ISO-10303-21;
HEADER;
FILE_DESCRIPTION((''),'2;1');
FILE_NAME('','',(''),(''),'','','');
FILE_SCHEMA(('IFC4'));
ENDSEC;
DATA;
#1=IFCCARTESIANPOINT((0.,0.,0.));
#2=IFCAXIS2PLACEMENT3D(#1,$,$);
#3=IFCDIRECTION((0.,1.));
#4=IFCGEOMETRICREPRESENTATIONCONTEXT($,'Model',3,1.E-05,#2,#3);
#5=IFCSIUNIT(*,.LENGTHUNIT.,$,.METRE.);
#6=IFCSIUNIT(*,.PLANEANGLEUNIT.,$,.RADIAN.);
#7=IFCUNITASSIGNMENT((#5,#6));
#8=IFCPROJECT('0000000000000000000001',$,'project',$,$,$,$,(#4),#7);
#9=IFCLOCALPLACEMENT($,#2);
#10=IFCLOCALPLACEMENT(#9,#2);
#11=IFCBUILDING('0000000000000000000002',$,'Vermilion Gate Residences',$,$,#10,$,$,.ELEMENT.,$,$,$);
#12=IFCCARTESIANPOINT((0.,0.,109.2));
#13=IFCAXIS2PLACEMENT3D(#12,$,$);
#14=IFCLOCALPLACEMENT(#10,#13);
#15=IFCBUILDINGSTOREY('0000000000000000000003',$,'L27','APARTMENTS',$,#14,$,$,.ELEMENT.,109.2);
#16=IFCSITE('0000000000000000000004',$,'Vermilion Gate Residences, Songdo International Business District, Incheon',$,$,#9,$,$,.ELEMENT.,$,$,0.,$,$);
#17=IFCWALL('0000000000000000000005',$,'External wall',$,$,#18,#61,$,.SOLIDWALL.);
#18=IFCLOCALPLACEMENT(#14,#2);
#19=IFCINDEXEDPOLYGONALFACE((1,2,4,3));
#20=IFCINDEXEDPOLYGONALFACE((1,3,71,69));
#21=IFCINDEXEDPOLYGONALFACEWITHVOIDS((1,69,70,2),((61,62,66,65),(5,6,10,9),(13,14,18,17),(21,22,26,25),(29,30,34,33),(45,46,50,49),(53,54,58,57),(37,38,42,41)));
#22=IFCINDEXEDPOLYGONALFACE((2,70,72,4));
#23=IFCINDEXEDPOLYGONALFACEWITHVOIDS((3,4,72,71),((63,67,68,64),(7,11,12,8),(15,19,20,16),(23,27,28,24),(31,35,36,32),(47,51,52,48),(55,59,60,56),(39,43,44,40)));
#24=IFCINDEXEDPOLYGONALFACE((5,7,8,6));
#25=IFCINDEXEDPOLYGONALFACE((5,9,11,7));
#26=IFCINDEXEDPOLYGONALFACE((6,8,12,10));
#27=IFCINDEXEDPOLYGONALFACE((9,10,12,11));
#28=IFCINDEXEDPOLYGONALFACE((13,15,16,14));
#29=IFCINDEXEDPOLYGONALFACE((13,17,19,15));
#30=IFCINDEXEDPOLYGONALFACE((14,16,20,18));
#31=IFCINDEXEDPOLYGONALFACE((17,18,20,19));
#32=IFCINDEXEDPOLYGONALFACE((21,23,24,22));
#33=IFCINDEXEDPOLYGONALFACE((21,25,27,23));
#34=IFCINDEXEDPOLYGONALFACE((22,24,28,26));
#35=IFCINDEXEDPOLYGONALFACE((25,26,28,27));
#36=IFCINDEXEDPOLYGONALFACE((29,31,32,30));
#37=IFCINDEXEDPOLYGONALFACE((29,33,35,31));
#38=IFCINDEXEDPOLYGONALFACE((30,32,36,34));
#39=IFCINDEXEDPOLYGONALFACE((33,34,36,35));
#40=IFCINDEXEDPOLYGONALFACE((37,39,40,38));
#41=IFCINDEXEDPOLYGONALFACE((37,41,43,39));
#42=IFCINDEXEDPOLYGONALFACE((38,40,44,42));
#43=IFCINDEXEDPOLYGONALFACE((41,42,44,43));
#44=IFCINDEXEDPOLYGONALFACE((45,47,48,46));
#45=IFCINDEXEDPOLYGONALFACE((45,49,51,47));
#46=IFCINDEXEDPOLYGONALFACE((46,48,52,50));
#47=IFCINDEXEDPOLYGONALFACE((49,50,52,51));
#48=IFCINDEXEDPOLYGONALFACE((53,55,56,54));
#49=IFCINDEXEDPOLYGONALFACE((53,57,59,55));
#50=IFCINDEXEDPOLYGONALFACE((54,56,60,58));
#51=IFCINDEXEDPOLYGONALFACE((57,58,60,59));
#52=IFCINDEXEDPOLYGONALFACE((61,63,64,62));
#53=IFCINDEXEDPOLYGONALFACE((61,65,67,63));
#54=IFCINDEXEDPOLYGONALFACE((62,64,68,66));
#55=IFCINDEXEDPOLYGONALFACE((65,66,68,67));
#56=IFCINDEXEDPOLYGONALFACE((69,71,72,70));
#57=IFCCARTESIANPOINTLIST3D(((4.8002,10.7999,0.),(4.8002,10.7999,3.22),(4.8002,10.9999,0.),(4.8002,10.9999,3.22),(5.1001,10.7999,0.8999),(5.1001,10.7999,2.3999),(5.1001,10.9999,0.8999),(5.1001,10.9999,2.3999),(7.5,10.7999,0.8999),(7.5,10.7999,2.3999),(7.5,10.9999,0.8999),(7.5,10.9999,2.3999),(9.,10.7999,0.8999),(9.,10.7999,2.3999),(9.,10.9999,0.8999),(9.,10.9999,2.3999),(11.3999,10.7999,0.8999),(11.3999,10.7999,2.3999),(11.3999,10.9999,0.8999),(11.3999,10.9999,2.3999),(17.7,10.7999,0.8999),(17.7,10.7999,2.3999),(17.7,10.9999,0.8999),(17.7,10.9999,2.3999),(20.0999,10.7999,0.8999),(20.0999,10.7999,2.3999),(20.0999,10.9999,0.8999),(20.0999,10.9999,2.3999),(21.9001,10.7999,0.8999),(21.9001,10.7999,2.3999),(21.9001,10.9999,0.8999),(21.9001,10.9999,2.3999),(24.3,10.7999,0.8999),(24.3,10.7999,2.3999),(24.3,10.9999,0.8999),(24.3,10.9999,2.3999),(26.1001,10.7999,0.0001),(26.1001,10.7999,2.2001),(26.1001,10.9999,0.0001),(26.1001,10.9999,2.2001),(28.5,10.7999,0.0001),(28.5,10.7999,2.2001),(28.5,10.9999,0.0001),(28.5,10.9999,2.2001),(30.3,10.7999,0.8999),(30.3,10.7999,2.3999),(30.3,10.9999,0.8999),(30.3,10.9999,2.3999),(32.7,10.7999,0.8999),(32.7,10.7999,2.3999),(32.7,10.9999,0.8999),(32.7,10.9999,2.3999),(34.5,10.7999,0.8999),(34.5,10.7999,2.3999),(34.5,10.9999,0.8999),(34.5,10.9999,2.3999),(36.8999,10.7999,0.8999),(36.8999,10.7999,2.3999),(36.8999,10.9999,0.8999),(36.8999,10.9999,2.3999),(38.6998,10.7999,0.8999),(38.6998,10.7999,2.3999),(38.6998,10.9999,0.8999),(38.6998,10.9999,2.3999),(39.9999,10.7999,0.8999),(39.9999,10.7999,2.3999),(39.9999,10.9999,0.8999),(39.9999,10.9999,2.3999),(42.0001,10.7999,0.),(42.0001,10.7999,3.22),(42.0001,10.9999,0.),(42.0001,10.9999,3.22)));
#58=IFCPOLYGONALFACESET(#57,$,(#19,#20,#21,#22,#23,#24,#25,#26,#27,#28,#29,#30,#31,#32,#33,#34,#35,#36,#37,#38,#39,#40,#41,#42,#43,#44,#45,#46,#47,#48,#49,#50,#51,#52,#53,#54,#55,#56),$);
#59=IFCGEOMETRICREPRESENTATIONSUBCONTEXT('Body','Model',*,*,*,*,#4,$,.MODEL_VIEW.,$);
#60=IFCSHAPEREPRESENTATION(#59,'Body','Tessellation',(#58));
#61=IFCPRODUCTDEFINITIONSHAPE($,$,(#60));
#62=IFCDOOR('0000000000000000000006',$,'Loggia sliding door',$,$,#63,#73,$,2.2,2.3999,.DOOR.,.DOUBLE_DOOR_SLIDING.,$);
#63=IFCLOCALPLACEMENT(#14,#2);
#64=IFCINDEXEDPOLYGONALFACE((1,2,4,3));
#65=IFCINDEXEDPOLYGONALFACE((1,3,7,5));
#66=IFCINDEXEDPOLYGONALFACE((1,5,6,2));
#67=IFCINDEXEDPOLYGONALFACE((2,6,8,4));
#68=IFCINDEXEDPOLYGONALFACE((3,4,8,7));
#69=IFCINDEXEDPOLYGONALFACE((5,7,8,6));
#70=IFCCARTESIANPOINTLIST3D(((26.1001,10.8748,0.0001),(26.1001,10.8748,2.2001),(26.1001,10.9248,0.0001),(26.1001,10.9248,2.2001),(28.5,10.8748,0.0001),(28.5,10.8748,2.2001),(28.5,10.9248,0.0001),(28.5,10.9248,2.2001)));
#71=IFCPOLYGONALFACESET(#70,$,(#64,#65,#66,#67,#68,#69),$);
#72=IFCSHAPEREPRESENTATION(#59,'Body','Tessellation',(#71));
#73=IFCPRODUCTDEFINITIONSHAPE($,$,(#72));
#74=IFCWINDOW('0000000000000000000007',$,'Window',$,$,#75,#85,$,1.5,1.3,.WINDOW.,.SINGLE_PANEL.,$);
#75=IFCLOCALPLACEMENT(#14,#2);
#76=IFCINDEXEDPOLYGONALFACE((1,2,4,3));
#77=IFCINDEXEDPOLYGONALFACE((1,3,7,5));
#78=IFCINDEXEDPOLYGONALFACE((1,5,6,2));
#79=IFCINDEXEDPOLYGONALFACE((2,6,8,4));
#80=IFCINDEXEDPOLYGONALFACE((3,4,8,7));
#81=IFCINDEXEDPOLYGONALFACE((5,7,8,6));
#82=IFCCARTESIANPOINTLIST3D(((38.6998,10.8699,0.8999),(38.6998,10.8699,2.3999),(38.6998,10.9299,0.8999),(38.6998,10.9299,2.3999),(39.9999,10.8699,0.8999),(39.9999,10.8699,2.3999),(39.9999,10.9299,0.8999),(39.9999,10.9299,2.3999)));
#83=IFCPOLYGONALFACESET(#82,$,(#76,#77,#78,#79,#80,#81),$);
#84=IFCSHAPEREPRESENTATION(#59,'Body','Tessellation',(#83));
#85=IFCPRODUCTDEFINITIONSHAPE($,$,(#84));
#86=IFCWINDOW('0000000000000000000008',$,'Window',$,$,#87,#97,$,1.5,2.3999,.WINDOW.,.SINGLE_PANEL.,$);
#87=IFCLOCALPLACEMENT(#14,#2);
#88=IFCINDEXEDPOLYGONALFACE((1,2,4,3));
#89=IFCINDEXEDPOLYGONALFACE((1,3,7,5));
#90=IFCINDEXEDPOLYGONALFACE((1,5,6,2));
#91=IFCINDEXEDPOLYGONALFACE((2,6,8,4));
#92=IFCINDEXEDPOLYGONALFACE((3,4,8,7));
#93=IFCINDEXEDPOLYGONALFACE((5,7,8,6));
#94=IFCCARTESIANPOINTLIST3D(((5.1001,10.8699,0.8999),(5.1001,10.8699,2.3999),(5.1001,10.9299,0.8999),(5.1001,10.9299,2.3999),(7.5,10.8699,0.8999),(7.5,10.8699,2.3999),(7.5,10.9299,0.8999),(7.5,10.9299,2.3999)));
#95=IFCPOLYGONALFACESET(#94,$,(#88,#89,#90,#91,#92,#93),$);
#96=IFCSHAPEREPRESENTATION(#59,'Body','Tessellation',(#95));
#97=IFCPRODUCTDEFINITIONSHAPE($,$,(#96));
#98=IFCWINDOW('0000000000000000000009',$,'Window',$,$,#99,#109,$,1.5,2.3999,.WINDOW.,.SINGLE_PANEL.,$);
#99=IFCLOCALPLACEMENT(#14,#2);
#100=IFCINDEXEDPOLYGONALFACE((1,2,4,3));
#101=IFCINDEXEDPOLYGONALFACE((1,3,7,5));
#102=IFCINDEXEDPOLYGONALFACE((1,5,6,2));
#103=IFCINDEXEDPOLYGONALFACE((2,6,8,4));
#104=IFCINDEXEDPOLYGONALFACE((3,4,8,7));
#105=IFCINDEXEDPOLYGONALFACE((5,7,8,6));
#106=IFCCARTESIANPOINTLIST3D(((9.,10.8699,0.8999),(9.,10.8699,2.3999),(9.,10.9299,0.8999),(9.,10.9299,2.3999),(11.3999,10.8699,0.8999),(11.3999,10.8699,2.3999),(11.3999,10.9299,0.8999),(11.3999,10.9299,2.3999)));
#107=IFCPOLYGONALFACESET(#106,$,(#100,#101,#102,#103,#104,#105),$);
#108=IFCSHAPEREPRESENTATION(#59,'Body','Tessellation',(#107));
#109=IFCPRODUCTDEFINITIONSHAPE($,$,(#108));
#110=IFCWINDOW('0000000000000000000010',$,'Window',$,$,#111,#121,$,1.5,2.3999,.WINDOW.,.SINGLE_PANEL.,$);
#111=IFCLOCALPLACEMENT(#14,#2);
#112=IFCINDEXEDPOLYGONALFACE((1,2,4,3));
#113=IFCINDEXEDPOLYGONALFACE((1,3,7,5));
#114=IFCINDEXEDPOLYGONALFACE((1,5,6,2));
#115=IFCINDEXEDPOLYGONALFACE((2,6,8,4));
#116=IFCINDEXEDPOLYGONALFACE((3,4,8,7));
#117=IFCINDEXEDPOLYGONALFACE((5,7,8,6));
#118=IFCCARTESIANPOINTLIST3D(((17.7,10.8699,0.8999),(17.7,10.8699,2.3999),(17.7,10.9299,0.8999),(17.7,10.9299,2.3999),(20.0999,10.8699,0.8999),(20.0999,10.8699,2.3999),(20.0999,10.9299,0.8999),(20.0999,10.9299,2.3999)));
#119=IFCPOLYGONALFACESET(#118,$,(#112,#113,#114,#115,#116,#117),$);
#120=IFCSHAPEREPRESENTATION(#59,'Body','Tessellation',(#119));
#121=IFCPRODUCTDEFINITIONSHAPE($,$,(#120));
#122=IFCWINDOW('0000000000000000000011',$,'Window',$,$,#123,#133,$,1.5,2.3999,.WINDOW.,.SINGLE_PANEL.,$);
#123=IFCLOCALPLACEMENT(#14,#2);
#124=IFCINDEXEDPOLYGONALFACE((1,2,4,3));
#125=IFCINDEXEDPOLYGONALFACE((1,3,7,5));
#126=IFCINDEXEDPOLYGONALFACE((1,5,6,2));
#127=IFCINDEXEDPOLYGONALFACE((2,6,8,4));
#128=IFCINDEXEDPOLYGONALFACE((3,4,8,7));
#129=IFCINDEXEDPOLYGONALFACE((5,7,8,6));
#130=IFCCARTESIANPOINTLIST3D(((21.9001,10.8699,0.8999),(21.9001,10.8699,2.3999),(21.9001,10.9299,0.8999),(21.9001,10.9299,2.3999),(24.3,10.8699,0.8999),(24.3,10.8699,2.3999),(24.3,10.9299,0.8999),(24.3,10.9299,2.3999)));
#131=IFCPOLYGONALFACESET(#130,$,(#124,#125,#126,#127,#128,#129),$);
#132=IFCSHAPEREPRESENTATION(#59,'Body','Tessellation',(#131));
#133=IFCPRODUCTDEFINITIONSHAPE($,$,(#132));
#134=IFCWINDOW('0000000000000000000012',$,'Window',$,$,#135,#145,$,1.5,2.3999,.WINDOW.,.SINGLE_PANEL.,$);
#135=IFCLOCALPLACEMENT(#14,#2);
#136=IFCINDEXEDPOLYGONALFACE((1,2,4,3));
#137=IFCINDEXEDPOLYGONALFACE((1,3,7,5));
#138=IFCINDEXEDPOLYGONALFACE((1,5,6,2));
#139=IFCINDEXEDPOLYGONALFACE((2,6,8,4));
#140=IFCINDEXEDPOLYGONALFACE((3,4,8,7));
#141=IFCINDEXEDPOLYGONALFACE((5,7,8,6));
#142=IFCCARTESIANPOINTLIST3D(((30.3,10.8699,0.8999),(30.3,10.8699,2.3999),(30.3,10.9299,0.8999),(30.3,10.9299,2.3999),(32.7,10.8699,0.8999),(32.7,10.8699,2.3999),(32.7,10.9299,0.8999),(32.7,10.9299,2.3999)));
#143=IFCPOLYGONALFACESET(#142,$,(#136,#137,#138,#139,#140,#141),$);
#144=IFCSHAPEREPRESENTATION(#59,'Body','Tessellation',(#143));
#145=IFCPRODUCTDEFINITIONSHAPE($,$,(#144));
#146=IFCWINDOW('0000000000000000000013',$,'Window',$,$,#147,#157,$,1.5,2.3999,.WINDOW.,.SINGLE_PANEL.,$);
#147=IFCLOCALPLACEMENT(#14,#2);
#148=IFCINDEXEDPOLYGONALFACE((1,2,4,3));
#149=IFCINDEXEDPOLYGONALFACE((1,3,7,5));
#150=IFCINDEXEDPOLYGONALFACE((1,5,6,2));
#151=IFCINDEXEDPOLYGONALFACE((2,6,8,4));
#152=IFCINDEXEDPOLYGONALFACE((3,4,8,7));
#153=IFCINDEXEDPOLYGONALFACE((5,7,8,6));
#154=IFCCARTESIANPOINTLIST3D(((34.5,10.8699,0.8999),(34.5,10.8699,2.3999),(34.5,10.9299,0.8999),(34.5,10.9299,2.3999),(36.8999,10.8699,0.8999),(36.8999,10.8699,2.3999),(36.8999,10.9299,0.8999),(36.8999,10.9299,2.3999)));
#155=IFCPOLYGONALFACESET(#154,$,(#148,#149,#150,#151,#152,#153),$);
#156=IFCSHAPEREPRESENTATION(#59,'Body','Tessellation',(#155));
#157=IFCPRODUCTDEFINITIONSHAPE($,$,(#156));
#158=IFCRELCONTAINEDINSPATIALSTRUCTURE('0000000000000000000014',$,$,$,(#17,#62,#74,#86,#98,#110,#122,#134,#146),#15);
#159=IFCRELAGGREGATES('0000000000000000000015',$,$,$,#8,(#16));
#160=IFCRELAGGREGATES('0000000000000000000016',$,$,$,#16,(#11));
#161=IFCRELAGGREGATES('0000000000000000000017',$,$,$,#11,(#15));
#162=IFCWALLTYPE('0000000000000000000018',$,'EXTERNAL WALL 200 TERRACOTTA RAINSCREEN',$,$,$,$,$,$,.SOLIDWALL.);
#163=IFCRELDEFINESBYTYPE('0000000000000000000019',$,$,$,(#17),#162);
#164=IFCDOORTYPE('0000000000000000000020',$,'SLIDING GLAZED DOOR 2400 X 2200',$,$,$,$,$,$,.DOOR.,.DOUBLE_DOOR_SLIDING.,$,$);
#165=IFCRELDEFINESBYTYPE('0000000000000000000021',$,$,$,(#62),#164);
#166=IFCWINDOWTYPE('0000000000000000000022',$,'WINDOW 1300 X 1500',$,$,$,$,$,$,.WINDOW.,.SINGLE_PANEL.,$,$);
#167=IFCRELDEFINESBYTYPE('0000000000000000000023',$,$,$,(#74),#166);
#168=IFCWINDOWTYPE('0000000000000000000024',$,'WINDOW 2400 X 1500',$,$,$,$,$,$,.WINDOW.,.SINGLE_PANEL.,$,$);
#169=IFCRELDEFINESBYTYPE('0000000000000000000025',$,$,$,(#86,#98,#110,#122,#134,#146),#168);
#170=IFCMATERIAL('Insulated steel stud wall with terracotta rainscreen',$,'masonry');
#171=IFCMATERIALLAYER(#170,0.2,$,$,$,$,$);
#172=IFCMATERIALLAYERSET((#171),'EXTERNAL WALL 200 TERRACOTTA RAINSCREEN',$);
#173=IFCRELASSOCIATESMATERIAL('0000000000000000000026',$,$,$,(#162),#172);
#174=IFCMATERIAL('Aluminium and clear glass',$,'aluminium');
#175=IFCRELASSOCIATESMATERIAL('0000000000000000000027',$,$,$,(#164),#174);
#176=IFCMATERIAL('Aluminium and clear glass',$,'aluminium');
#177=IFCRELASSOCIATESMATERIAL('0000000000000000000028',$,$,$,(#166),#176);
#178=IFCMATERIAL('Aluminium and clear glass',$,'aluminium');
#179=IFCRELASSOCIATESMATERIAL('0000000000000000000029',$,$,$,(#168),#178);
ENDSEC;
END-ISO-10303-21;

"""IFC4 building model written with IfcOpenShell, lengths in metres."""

from ifc_helpers import new_model, si_unit, direction, frame, frame_2d, origin, place, context, subcontext, project, spatial, rectangle, extrude, material, layer, layer_set, type_object, element, fill, save


model = new_model("IFC4")

# Units and contexts
model_context = context("Model", 3, precision=1e-05, world=origin(), true_north=direction((0.0, 1.0)))
body_context = subcontext(model_context, "Body", "Model", "MODEL_VIEW")
ifc_project = project(units=[si_unit("LENGTHUNIT", "METRE"), si_unit("PLANEANGLEUNIT", "RADIAN")], contexts=[model_context])

# Site, building, storey
site_placement = place(None, origin())
site = spatial("IfcSite", under=ifc_project, at=site_placement, Name="Vermilion Gate Residences, Songdo International Business District, Incheon", CompositionType="ELEMENT", RefElevation=0.0)
building_placement = place(site_placement, origin())
building = spatial("IfcBuilding", under=site, at=building_placement, Name="Vermilion Gate Residences", CompositionType="ELEMENT")
storey_placement = place(building_placement, frame((0.0, 0.0, 109.2)))
storey = spatial("IfcBuildingStorey", under=building, at=storey_placement, Name="L27", Description="APARTMENTS", CompositionType="ELEMENT", Elevation=109.2)

# Shared definitions
ifc_material_1 = material(Name="Insulated steel stud wall with terracotta rainscreen", Category="masonry")
ifc_layer = layer(ifc_material_1, 0.2)
ifc_layer_set = layer_set([ifc_layer], Name="EXTERNAL WALL 200 TERRACOTTA RAINSCREEN")
wall_type = type_object("IfcWallType", Name="EXTERNAL WALL 200 TERRACOTTA RAINSCREEN", PredefinedType="SOLIDWALL", material=ifc_layer_set)

# Wall, openings, door, windows
wall_1_placement = place(storey_placement, frame((4.8, 10.8999, 0.0), z_axis=(0.0, 0.0, 1.0), x_axis=(1.0, 0.0, 0.0)))
wall_1 = element("IfcWall", 1, at=wall_1_placement, inside=storey, type_object=wall_type, Name="External wall", PredefinedType="SOLIDWALL", context=body_context, shape_type="SweptSolid", body=[
    extrude(rectangle(XDim=37.2, YDim=0.2, at=frame_2d((18.6001, 0.0))), origin(), (0.0, 0.0, 1.0), 3.22),
])
opening_1_placement = place(wall_1_placement, frame((0.3, 0.0, 0.8999)))
opening_1 = element("IfcOpeningElement", 2, at=opening_1_placement, cuts=wall_1, PredefinedType="OPENING", context=body_context, shape_type="SweptSolid", body=[
    extrude(rectangle(XDim=2.3999, YDim=1.5, at=frame_2d((1.2, 0.75))), frame((0.0, 0.1099, 0.0), z_axis=(0.0, -1.0, 0.0), x_axis=(1.0, 0.0, 0.0)), (0.0, 0.0, 1.0), 0.22),
])
opening_2_placement = place(wall_1_placement, frame((4.2, 0.0, 0.8999)))
opening_2 = element("IfcOpeningElement", 3, at=opening_2_placement, cuts=wall_1, PredefinedType="OPENING", context=body_context, shape_type="SweptSolid", body=[
    extrude(rectangle(XDim=2.3999, YDim=1.5, at=frame_2d((1.2, 0.75))), frame((0.0, 0.1099, 0.0), z_axis=(0.0, -1.0, 0.0), x_axis=(1.0, 0.0, 0.0)), (0.0, 0.0, 1.0), 0.22),
])
opening_3_placement = place(wall_1_placement, frame((12.8999, 0.0, 0.8999)))
opening_3 = element("IfcOpeningElement", 4, at=opening_3_placement, cuts=wall_1, PredefinedType="OPENING", context=body_context, shape_type="SweptSolid", body=[
    extrude(rectangle(XDim=2.3999, YDim=1.5, at=frame_2d((1.2, 0.75))), frame((0.0, 0.1099, 0.0), z_axis=(0.0, -1.0, 0.0), x_axis=(1.0, 0.0, 0.0)), (0.0, 0.0, 1.0), 0.22),
])
opening_4_placement = place(wall_1_placement, frame((17.1001, 0.0, 0.8999)))
opening_4 = element("IfcOpeningElement", 5, at=opening_4_placement, cuts=wall_1, PredefinedType="OPENING", context=body_context, shape_type="SweptSolid", body=[
    extrude(rectangle(XDim=2.3999, YDim=1.5, at=frame_2d((1.2, 0.75))), frame((0.0, 0.1099, 0.0), z_axis=(0.0, -1.0, 0.0), x_axis=(1.0, 0.0, 0.0)), (0.0, 0.0, 1.0), 0.22),
])
opening_5_placement = place(wall_1_placement, frame((21.3, 0.0, 0.0)))
opening_5 = element("IfcOpeningElement", 6, at=opening_5_placement, cuts=wall_1, PredefinedType="OPENING", context=body_context, shape_type="SweptSolid", body=[
    extrude(rectangle(XDim=2.3999, YDim=2.2, at=frame_2d((1.2, 1.1001))), frame((0.0, 0.1099, 0.0), z_axis=(0.0, -1.0, 0.0), x_axis=(1.0, 0.0, 0.0)), (0.0, 0.0, 1.0), 0.22),
])
opening_6_placement = place(wall_1_placement, frame((25.5, 0.0, 0.8999)))
opening_6 = element("IfcOpeningElement", 7, at=opening_6_placement, cuts=wall_1, PredefinedType="OPENING", context=body_context, shape_type="SweptSolid", body=[
    extrude(rectangle(XDim=2.3999, YDim=1.5, at=frame_2d((1.2, 0.75))), frame((0.0, 0.1099, 0.0), z_axis=(0.0, -1.0, 0.0), x_axis=(1.0, 0.0, 0.0)), (0.0, 0.0, 1.0), 0.22),
])
opening_7_placement = place(wall_1_placement, frame((29.7, 0.0, 0.8999)))
opening_7 = element("IfcOpeningElement", 8, at=opening_7_placement, cuts=wall_1, PredefinedType="OPENING", context=body_context, shape_type="SweptSolid", body=[
    extrude(rectangle(XDim=2.3999, YDim=1.5, at=frame_2d((1.2, 0.75))), frame((0.0, 0.1099, 0.0), z_axis=(0.0, -1.0, 0.0), x_axis=(1.0, 0.0, 0.0)), (0.0, 0.0, 1.0), 0.22),
])
opening_8_placement = place(wall_1_placement, frame((33.8999, 0.0, 0.8999)))
opening_8 = element("IfcOpeningElement", 9, at=opening_8_placement, cuts=wall_1, PredefinedType="OPENING", context=body_context, shape_type="SweptSolid", body=[
    extrude(rectangle(XDim=1.3, YDim=1.5, at=frame_2d((0.6499, 0.75))), frame((0.0, 0.1099, 0.0), z_axis=(0.0, -1.0, 0.0), x_axis=(1.0, 0.0, 0.0)), (0.0, 0.0, 1.0), 0.22),
])
ifc_material_2 = material(Name="Aluminium and clear glass", Category="aluminium")
door_type = type_object("IfcDoorType", Name="SLIDING GLAZED DOOR 2400 X 2200", OperationType="DOUBLE_DOOR_SLIDING", PredefinedType="DOOR", material=ifc_material_2)
door_placement = place(opening_5_placement, origin())
door = element("IfcDoor", 10, at=door_placement, inside=storey, type_object=door_type, Name="Loggia sliding door", OperationType="DOUBLE_DOOR_SLIDING", OverallHeight=2.2, OverallWidth=2.3999, PredefinedType="DOOR", context=body_context, shape_type="SweptSolid", body=[
    extrude(rectangle(XDim=2.3999, YDim=2.2, at=frame_2d((1.2, 1.1001))), frame((0.0, 0.0249, 0.0), z_axis=(0.0, -1.0, 0.0), x_axis=(1.0, 0.0, 0.0)), (0.0, 0.0, 1.0), 0.05),
])
fill(opening_5, door)
ifc_material_3 = material(Name="Aluminium and clear glass", Category="aluminium")
window_type_1 = type_object("IfcWindowType", Name="WINDOW 1300 X 1500", PartitioningType="SINGLE_PANEL", PredefinedType="WINDOW", material=ifc_material_3)
window_1_placement = place(opening_8_placement, origin())
window_1 = element("IfcWindow", 11, at=window_1_placement, inside=storey, type_object=window_type_1, Name="Window", OverallHeight=1.5, OverallWidth=1.3, PartitioningType="SINGLE_PANEL", PredefinedType="WINDOW", context=body_context, shape_type="SweptSolid", body=[
    extrude(rectangle(XDim=1.3, YDim=1.5, at=frame_2d((0.6499, 0.75))), frame((0.0, 0.03, 0.0), z_axis=(0.0, -1.0, 0.0), x_axis=(1.0, 0.0, 0.0)), (0.0, 0.0, 1.0), 0.0601),
])
fill(opening_8, window_1)
ifc_material_4 = material(Name="Aluminium and clear glass", Category="aluminium")
window_type_2 = type_object("IfcWindowType", Name="WINDOW 2400 X 1500", PartitioningType="SINGLE_PANEL", PredefinedType="WINDOW", material=ifc_material_4)
window_2_placement = place(opening_1_placement, origin())
window_2 = element("IfcWindow", 12, at=window_2_placement, inside=storey, type_object=window_type_2, Name="Window", OverallHeight=1.5, OverallWidth=2.3999, PartitioningType="SINGLE_PANEL", PredefinedType="WINDOW", context=body_context, shape_type="SweptSolid", body=[
    extrude(rectangle(XDim=2.3999, YDim=1.5, at=frame_2d((1.2, 0.75))), frame((0.0, 0.03, 0.0), z_axis=(0.0, -1.0, 0.0), x_axis=(1.0, 0.0, 0.0)), (0.0, 0.0, 1.0), 0.0601),
])
fill(opening_1, window_2)
window_3_placement = place(opening_2_placement, origin())
window_3 = element("IfcWindow", 13, at=window_3_placement, inside=storey, type_object=window_type_2, Name="Window", OverallHeight=1.5, OverallWidth=2.3999, PartitioningType="SINGLE_PANEL", PredefinedType="WINDOW", context=body_context, shape_type="SweptSolid", body=[
    extrude(rectangle(XDim=2.3999, YDim=1.5, at=frame_2d((1.2, 0.75))), frame((0.0, 0.03, 0.0), z_axis=(0.0, -1.0, 0.0), x_axis=(1.0, 0.0, 0.0)), (0.0, 0.0, 1.0), 0.0601),
])
fill(opening_2, window_3)
window_4_placement = place(opening_3_placement, origin())
window_4 = element("IfcWindow", 14, at=window_4_placement, inside=storey, type_object=window_type_2, Name="Window", OverallHeight=1.5, OverallWidth=2.3999, PartitioningType="SINGLE_PANEL", PredefinedType="WINDOW", context=body_context, shape_type="SweptSolid", body=[
    extrude(rectangle(XDim=2.3999, YDim=1.5, at=frame_2d((1.2, 0.75))), frame((0.0, 0.03, 0.0), z_axis=(0.0, -1.0, 0.0), x_axis=(1.0, 0.0, 0.0)), (0.0, 0.0, 1.0), 0.0601),
])
fill(opening_3, window_4)
window_5_placement = place(opening_4_placement, origin())
window_5 = element("IfcWindow", 15, at=window_5_placement, inside=storey, type_object=window_type_2, Name="Window", OverallHeight=1.5, OverallWidth=2.3999, PartitioningType="SINGLE_PANEL", PredefinedType="WINDOW", context=body_context, shape_type="SweptSolid", body=[
    extrude(rectangle(XDim=2.3999, YDim=1.5, at=frame_2d((1.2, 0.75))), frame((0.0, 0.03, 0.0), z_axis=(0.0, -1.0, 0.0), x_axis=(1.0, 0.0, 0.0)), (0.0, 0.0, 1.0), 0.0601),
])
fill(opening_4, window_5)
window_6_placement = place(opening_6_placement, origin())
window_6 = element("IfcWindow", 16, at=window_6_placement, inside=storey, type_object=window_type_2, Name="Window", OverallHeight=1.5, OverallWidth=2.3999, PartitioningType="SINGLE_PANEL", PredefinedType="WINDOW", context=body_context, shape_type="SweptSolid", body=[
    extrude(rectangle(XDim=2.3999, YDim=1.5, at=frame_2d((1.2, 0.75))), frame((0.0, 0.03, 0.0), z_axis=(0.0, -1.0, 0.0), x_axis=(1.0, 0.0, 0.0)), (0.0, 0.0, 1.0), 0.0601),
])
fill(opening_6, window_6)
window_7_placement = place(opening_7_placement, origin())
window_7 = element("IfcWindow", 17, at=window_7_placement, inside=storey, type_object=window_type_2, Name="Window", OverallHeight=1.5, OverallWidth=2.3999, PartitioningType="SINGLE_PANEL", PredefinedType="WINDOW", context=body_context, shape_type="SweptSolid", body=[
    extrude(rectangle(XDim=2.3999, YDim=1.5, at=frame_2d((1.2, 0.75))), frame((0.0, 0.03, 0.0), z_axis=(0.0, -1.0, 0.0), x_axis=(1.0, 0.0, 0.0)), (0.0, 0.0, 1.0), 0.0601),
])
fill(opening_7, window_7)

save(model, "model.ifc")
